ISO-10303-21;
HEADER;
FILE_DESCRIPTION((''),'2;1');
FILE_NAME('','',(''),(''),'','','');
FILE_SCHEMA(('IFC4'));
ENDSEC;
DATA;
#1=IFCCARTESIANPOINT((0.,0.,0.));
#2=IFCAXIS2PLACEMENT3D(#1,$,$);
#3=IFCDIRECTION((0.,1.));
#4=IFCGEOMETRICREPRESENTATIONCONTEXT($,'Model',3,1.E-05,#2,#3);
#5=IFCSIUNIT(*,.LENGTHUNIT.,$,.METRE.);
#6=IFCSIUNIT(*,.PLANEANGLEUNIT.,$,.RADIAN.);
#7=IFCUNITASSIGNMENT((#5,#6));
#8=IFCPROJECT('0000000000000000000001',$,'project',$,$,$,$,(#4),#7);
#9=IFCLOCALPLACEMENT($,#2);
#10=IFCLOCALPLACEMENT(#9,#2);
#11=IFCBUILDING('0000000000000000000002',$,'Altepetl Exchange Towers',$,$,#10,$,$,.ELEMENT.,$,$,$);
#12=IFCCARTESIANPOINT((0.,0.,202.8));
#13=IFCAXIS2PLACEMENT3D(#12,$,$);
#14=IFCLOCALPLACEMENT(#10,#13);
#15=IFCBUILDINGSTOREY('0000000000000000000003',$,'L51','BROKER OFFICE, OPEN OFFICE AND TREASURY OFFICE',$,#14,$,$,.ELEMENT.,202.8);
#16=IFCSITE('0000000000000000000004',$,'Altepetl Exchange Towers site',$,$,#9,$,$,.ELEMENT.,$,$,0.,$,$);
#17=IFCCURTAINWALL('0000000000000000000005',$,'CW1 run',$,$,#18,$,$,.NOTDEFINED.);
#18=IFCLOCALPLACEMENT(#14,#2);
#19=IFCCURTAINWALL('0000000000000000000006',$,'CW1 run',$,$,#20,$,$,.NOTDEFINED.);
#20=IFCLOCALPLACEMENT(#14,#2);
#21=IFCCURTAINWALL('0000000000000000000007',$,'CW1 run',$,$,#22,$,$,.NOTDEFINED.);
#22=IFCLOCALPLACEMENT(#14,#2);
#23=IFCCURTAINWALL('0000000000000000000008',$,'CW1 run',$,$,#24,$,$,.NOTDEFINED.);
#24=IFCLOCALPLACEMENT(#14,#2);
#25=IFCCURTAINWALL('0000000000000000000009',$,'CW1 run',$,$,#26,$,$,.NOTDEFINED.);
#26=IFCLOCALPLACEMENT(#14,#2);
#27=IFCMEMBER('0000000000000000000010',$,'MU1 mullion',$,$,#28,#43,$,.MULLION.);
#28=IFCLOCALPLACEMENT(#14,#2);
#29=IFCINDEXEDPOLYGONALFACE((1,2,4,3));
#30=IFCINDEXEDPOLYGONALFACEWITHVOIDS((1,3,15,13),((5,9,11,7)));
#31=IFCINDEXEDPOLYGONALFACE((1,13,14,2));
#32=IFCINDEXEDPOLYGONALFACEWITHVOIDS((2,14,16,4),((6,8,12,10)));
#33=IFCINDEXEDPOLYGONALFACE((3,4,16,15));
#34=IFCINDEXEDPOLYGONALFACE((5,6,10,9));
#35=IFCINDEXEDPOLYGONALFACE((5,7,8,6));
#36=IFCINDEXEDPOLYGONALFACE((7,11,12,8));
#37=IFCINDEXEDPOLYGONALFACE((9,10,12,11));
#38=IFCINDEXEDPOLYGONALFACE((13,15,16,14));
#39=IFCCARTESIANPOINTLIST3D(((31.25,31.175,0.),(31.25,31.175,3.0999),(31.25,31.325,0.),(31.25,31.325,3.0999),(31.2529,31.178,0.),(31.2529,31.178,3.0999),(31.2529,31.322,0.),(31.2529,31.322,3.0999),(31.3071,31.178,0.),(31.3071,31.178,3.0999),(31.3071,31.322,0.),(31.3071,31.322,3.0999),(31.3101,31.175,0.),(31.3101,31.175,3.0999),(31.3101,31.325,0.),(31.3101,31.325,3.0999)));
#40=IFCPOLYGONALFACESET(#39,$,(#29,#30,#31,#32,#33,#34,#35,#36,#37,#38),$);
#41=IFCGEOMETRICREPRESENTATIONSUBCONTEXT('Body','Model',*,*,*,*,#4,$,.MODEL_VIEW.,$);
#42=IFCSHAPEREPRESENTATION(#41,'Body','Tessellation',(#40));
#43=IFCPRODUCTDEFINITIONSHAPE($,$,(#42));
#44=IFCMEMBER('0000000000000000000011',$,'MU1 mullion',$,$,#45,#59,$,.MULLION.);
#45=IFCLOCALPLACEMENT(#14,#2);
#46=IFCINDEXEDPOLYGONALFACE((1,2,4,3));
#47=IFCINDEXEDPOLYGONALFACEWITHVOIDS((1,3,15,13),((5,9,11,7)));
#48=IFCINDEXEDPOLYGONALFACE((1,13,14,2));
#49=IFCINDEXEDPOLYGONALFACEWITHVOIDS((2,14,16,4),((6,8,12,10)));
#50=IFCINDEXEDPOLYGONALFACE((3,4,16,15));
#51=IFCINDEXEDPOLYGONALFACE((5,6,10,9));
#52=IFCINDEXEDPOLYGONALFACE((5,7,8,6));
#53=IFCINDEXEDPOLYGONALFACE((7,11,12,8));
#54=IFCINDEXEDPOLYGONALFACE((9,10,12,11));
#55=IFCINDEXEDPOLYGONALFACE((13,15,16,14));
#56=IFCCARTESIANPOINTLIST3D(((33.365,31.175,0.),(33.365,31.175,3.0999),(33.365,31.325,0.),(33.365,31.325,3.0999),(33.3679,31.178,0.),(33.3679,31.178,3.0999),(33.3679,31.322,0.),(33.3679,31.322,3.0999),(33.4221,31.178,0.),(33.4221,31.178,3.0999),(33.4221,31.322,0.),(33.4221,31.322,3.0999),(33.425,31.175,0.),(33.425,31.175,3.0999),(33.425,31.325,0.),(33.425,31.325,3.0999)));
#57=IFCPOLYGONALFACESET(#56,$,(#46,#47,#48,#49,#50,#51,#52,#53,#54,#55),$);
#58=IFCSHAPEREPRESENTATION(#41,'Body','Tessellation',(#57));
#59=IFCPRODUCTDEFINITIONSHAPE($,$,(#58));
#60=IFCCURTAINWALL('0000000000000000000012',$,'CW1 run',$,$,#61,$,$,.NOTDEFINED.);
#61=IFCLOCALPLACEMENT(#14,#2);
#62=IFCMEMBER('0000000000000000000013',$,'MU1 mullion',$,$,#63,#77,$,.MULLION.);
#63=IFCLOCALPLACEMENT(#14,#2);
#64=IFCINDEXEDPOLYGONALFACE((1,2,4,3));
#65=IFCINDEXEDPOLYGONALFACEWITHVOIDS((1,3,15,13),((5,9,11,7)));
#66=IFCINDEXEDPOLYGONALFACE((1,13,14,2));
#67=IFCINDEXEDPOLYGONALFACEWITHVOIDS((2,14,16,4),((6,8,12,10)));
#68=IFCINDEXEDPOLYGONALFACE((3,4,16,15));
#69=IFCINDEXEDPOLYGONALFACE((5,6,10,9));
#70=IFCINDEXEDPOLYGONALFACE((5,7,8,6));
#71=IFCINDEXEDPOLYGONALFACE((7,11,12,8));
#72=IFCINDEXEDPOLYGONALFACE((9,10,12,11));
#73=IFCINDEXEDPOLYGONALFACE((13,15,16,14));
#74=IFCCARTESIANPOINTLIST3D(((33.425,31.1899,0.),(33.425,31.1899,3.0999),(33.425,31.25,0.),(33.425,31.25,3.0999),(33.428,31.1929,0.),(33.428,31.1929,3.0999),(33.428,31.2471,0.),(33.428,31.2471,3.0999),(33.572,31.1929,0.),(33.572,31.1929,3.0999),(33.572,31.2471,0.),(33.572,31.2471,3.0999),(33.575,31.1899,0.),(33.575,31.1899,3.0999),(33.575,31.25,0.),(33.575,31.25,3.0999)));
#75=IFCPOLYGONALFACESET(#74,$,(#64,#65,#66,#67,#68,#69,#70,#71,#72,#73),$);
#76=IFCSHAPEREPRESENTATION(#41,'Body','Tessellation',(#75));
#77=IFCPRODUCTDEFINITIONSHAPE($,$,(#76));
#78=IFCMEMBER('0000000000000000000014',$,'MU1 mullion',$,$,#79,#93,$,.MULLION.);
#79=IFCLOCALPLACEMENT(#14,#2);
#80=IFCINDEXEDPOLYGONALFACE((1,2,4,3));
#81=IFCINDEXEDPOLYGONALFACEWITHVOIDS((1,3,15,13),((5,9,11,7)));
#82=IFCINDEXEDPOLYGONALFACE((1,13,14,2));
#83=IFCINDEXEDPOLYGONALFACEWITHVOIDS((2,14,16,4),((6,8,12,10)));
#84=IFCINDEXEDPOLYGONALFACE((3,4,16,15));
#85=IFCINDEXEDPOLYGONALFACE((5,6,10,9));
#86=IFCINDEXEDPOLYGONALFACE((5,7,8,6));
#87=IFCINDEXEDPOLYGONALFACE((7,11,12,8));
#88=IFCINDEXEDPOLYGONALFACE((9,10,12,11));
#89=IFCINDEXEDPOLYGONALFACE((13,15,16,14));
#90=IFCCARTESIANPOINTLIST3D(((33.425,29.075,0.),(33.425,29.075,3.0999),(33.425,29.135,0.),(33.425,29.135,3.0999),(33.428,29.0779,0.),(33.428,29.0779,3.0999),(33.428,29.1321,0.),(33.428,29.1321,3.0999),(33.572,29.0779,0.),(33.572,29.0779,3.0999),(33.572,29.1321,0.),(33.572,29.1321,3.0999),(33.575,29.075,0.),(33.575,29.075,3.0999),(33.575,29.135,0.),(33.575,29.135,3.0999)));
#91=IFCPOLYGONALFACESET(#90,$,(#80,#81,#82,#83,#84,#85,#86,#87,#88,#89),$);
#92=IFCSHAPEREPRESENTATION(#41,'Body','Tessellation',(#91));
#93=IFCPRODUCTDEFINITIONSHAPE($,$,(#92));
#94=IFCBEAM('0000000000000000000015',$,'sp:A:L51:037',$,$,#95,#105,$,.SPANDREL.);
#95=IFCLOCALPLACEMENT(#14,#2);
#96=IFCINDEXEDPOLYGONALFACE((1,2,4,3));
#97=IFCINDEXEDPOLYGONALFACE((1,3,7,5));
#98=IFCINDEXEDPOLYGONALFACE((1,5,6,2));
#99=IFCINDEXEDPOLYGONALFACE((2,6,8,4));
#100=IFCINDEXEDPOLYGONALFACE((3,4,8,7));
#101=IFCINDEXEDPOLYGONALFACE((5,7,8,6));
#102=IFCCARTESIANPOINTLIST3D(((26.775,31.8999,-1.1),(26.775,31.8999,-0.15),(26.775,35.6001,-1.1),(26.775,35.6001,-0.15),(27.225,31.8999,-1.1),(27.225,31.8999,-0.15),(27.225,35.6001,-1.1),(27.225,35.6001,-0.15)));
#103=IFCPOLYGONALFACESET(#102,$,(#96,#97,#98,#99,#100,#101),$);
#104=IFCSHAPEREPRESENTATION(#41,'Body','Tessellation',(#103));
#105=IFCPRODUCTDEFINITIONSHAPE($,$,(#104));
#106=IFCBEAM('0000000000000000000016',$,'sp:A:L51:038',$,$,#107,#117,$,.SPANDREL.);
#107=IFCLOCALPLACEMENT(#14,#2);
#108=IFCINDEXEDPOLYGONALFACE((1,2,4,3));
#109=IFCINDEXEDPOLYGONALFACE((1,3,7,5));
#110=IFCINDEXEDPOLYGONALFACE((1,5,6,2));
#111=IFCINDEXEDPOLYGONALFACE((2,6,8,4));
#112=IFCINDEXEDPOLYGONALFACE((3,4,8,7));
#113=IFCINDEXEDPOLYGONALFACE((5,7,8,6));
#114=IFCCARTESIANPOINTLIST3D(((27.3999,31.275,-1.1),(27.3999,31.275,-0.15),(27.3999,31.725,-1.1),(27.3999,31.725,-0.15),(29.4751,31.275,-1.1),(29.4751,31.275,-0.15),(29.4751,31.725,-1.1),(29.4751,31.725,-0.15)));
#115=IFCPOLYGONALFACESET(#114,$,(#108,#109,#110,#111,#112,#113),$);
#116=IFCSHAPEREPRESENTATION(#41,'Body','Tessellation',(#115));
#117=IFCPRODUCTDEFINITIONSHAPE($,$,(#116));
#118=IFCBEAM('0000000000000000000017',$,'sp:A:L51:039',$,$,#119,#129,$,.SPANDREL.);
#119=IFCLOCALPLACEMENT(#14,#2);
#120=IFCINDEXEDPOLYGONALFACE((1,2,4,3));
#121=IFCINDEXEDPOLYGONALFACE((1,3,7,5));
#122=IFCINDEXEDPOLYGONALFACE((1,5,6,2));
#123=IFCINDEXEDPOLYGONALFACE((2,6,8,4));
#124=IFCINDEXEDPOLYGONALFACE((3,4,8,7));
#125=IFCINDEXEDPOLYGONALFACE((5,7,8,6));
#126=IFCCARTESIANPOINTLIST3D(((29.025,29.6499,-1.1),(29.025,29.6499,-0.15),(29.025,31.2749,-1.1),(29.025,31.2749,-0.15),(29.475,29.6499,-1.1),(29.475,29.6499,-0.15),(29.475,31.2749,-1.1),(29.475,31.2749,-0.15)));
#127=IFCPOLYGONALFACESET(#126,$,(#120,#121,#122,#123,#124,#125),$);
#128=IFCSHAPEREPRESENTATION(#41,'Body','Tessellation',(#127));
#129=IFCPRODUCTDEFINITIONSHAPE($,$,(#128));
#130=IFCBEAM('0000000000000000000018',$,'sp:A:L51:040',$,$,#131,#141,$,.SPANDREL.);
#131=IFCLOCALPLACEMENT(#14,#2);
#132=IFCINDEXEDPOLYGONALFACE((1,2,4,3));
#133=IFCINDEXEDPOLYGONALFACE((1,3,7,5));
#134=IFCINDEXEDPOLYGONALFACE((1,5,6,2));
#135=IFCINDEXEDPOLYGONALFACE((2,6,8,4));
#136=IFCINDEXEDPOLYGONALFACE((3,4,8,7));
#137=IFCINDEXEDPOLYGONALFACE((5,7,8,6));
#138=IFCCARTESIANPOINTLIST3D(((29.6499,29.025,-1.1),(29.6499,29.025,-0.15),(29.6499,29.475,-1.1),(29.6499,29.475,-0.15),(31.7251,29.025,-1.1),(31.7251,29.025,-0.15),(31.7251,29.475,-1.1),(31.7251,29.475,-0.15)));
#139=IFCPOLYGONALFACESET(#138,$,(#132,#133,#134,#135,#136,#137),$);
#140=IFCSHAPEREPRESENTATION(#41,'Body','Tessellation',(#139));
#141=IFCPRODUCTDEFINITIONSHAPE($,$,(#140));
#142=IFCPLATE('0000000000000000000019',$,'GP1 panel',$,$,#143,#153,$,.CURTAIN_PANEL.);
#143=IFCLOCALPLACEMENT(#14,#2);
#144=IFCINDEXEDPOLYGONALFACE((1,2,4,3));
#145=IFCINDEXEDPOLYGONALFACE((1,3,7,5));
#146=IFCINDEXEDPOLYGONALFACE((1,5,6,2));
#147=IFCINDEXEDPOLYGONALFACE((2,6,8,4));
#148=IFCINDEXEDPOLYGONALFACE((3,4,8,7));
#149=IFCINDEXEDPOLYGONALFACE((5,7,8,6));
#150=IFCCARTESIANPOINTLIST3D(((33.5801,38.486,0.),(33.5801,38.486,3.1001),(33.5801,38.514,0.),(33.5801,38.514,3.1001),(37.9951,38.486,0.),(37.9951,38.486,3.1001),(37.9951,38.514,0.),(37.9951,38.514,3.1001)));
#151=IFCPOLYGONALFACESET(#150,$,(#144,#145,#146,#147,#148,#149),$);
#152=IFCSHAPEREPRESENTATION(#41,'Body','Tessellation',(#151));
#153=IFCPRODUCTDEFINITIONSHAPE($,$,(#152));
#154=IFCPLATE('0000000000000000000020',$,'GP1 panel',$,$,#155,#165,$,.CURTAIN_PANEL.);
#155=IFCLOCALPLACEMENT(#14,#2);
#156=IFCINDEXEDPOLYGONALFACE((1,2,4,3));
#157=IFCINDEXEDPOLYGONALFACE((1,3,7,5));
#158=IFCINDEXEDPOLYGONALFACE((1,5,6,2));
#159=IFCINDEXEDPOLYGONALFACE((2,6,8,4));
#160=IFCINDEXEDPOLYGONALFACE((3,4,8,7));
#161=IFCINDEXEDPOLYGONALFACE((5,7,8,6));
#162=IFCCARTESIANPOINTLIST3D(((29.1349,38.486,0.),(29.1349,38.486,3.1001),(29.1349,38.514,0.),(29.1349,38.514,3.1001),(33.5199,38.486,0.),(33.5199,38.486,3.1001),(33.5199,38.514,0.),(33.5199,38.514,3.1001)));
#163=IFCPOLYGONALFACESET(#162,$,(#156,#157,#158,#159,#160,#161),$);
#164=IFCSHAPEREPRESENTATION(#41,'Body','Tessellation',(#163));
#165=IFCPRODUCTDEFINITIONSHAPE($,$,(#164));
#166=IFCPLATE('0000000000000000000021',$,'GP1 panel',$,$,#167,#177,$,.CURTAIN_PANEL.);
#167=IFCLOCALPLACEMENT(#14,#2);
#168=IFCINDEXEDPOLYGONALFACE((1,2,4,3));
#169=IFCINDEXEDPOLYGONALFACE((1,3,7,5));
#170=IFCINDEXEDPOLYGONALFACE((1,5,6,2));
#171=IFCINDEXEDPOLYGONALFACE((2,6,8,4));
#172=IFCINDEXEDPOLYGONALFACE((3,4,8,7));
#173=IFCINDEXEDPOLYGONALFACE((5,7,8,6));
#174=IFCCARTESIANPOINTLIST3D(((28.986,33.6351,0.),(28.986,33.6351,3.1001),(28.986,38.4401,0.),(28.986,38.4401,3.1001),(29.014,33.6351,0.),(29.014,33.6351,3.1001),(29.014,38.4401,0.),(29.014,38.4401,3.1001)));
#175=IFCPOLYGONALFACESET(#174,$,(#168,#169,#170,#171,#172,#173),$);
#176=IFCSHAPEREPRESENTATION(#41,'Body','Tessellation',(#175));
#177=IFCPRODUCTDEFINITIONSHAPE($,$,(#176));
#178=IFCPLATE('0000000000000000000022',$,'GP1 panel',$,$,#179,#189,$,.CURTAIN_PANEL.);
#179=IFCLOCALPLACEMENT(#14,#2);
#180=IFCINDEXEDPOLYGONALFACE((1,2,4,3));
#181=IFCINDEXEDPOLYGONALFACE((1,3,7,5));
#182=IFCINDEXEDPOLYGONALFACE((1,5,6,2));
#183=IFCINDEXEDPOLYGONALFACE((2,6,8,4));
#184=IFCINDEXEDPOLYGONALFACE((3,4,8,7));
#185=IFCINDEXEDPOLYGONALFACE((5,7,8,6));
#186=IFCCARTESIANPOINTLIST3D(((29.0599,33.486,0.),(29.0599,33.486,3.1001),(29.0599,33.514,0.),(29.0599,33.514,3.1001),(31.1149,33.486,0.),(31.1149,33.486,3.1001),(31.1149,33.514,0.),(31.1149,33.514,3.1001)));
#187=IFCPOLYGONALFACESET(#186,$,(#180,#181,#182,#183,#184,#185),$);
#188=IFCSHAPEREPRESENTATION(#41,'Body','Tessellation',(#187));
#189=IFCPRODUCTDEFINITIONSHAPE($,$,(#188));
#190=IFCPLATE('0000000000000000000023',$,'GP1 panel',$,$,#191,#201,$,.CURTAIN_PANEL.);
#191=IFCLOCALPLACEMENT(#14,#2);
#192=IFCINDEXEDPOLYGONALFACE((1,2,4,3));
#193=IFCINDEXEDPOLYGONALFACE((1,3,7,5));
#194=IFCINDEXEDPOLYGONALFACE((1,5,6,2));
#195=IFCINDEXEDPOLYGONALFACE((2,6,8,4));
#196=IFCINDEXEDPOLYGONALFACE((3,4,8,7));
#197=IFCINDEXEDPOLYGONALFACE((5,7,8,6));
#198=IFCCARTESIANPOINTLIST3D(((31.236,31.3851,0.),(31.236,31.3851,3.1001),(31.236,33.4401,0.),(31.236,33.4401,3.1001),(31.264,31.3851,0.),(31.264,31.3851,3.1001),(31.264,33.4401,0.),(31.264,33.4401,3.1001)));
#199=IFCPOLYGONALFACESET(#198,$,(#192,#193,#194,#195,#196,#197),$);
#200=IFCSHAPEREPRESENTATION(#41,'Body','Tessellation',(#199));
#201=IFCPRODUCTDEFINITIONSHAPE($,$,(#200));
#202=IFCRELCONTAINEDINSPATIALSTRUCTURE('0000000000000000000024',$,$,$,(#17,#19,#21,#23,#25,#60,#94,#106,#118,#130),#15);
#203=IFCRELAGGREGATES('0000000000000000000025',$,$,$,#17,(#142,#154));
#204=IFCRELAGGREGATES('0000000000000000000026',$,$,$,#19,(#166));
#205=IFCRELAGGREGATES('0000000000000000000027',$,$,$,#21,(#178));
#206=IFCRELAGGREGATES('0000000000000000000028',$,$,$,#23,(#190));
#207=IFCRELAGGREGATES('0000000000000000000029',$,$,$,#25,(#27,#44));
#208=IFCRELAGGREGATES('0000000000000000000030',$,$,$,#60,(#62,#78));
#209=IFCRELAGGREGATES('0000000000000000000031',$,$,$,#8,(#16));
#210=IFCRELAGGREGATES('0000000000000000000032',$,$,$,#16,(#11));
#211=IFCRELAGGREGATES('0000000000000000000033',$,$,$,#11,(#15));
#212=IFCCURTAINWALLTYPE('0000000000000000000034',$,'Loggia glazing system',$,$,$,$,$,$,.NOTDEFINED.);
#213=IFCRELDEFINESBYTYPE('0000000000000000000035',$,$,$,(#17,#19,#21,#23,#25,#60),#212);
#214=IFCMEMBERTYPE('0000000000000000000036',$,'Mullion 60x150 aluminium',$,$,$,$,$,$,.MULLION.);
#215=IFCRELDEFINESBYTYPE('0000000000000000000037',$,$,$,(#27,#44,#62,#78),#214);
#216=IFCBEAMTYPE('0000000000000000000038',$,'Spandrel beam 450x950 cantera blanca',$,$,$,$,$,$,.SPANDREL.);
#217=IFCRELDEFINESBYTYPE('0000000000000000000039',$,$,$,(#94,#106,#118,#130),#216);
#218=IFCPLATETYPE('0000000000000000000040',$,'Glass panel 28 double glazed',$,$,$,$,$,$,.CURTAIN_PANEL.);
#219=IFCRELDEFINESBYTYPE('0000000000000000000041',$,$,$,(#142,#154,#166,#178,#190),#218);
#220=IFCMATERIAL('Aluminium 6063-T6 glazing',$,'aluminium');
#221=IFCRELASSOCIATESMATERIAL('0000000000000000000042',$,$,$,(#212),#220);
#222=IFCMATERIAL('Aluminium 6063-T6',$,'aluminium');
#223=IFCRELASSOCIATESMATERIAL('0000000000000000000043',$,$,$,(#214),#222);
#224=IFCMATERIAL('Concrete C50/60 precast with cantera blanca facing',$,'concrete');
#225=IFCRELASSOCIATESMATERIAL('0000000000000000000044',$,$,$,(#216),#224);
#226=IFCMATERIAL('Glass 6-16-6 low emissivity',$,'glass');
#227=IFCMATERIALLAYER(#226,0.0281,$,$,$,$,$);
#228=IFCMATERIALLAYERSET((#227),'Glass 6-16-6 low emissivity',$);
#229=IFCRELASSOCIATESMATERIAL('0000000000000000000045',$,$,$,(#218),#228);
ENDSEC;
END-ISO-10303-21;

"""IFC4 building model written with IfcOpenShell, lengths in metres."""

from ifc_helpers import new_model, si_unit, direction, frame, origin, origin_2d, place, context, subcontext, project, spatial, rectangle, hollow_rectangle, extrude, material, layer, layer_set, material_profile, profile_set, type_object, element, aggregate, save


model = new_model("IFC4")

# Units and contexts
model_context = context("Model", 3, precision=1e-05, world=origin(), true_north=direction((0.0, 1.0)))
body_context = subcontext(model_context, "Body", "Model", "MODEL_VIEW")
ifc_project = project(units=[si_unit("LENGTHUNIT", "METRE"), si_unit("PLANEANGLEUNIT", "RADIAN")], contexts=[model_context])

# Site, building, storey
site_placement = place(None, origin())
site = spatial("IfcSite", under=ifc_project, at=site_placement, Name="Altepetl Exchange Towers site", CompositionType="ELEMENT", RefElevation=0.0)
building_placement = place(site_placement, origin())
building = spatial("IfcBuilding", under=site, at=building_placement, Name="Altepetl Exchange Towers", CompositionType="ELEMENT")
storey_placement = place(building_placement, frame((0.0, 0.0, 202.8)))
storey = spatial("IfcBuildingStorey", under=building, at=storey_placement, Name="L51", Description="BROKER OFFICE, OPEN OFFICE AND TREASURY OFFICE", CompositionType="ELEMENT", Elevation=202.8)

# Curtain walls, members
ifc_material_1 = material(Name="Aluminium 6063-T6 glazing", Category="aluminium")
curtain_wall_type = type_object("IfcCurtainWallType", Name="Loggia glazing system", PredefinedType="NOTDEFINED", material=ifc_material_1)
curtain_wall_1_placement = place(storey_placement, origin())
curtain_wall_1 = element("IfcCurtainWall", 1, at=curtain_wall_1_placement, inside=storey, type_object=curtain_wall_type, Name="CW1 run", PredefinedType="NOTDEFINED")
ifc_material_2 = material(Name="Aluminium 6063-T6", Category="aluminium")
ifc_material_profile_1 = material_profile(ifc_material_2, hollow_rectangle(XDim=0.0601, YDim=0.1499, WallThickness=0.0029, at=origin_2d()), Name="Mullion 60x150 aluminium")
ifc_profile_set_1 = profile_set([ifc_material_profile_1], Name="Aluminium 6063-T6")
member_type = type_object("IfcMemberType", Name="Mullion 60x150 aluminium", PredefinedType="MULLION", material=ifc_profile_set_1)
curtain_wall_2_placement = place(storey_placement, origin())
curtain_wall_2 = element("IfcCurtainWall", 2, at=curtain_wall_2_placement, inside=storey, type_object=curtain_wall_type, Name="CW1 run", PredefinedType="NOTDEFINED")
curtain_wall_3_placement = place(storey_placement, origin())
curtain_wall_3 = element("IfcCurtainWall", 3, at=curtain_wall_3_placement, inside=storey, type_object=curtain_wall_type, Name="CW1 run", PredefinedType="NOTDEFINED")
curtain_wall_4_placement = place(storey_placement, origin())
curtain_wall_4 = element("IfcCurtainWall", 4, at=curtain_wall_4_placement, inside=storey, type_object=curtain_wall_type, Name="CW1 run", PredefinedType="NOTDEFINED")
curtain_wall_5_placement = place(storey_placement, origin())
curtain_wall_5 = element("IfcCurtainWall", 5, at=curtain_wall_5_placement, inside=storey, type_object=curtain_wall_type, Name="CW1 run", PredefinedType="NOTDEFINED")
member_1_placement = place(storey_placement, frame((31.28, 31.25, 0.0)))
member_1 = element("IfcMember", 6, at=member_1_placement, type_object=member_type, Name="MU1 mullion", PredefinedType="MULLION", context=body_context, shape_type="SweptSolid", body=[
    extrude(hollow_rectangle(XDim=0.0601, YDim=0.1499, WallThickness=0.0029, at=origin_2d()), origin(), (0.0, 0.0, 1.0), 3.0999),
])
member_2_placement = place(storey_placement, frame((33.395, 31.25, 0.0)))
member_2 = element("IfcMember", 7, at=member_2_placement, type_object=member_type, Name="MU1 mullion", PredefinedType="MULLION", context=body_context, shape_type="SweptSolid", body=[
    extrude(hollow_rectangle(XDim=0.0601, YDim=0.1499, WallThickness=0.0029, at=origin_2d()), origin(), (0.0, 0.0, 1.0), 3.0999),
])
curtain_wall_6_placement = place(storey_placement, origin())
curtain_wall_6 = element("IfcCurtainWall", 8, at=curtain_wall_6_placement, inside=storey, type_object=curtain_wall_type, Name="CW1 run", PredefinedType="NOTDEFINED")
member_3_placement = place(storey_placement, frame((33.5, 31.22, 0.0), z_axis=(0.0, 0.0, 1.0), x_axis=(0.0, -1.0, 0.0)))
member_3 = element("IfcMember", 9, at=member_3_placement, type_object=member_type, Name="MU1 mullion", PredefinedType="MULLION", context=body_context, shape_type="SweptSolid", body=[
    extrude(hollow_rectangle(XDim=0.0601, YDim=0.1499, WallThickness=0.0029, at=origin_2d()), origin(), (0.0, 0.0, 1.0), 3.0999),
])
member_4_placement = place(storey_placement, frame((33.5, 29.105, 0.0), z_axis=(0.0, 0.0, 1.0), x_axis=(0.0, -1.0, 0.0)))
member_4 = element("IfcMember", 10, at=member_4_placement, type_object=member_type, Name="MU1 mullion", PredefinedType="MULLION", context=body_context, shape_type="SweptSolid", body=[
    extrude(hollow_rectangle(XDim=0.0601, YDim=0.1499, WallThickness=0.0029, at=origin_2d()), origin(), (0.0, 0.0, 1.0), 3.0999),
])

# Beams
ifc_material_3 = material(Name="Concrete C50/60 precast with cantera blanca facing", Category="concrete")
ifc_material_profile_2 = material_profile(ifc_material_3, rectangle(XDim=0.45, YDim=0.95, at=origin_2d()), Name="450 x 950")
ifc_profile_set_2 = profile_set([ifc_material_profile_2], Name="Concrete C50/60 precast with cantera blanca facing")
beam_type_1 = type_object("IfcBeamType", Name="Spandrel beam 450x950 cantera blanca", PredefinedType="SPANDREL", material=ifc_profile_set_2)
beam_1_placement = place(storey_placement, frame((27.0, 35.6001, -0.625), z_axis=(0.0, -1.0, 0.0), x_axis=(1.0, 0.0, 0.0)))
element("IfcBeam", 11, at=beam_1_placement, inside=storey, type_object=beam_type_1, Name="sp:A:L51:037", PredefinedType="SPANDREL", context=body_context, shape_type="SweptSolid", body=[
    extrude(rectangle(XDim=0.45, YDim=0.95, at=origin_2d()), origin(), (0.0, 0.0, 1.0), 3.7002),
])
beam_2_placement = place(storey_placement, frame((27.3999, 31.5, -0.625), z_axis=(1.0, 0.0, 0.0), x_axis=(0.0, 1.0, 0.0)))
element("IfcBeam", 12, at=beam_2_placement, inside=storey, type_object=beam_type_1, Name="sp:A:L51:038", PredefinedType="SPANDREL", context=body_context, shape_type="SweptSolid", body=[
    extrude(rectangle(XDim=0.45, YDim=0.95, at=origin_2d()), origin(), (0.0, 0.0, 1.0), 2.0752),
])
beam_3_placement = place(storey_placement, frame((29.25, 31.2749, -0.625), z_axis=(0.0, -1.0, 0.0), x_axis=(1.0, 0.0, 0.0)))
element("IfcBeam", 13, at=beam_3_placement, inside=storey, type_object=beam_type_1, Name="sp:A:L51:039", PredefinedType="SPANDREL", context=body_context, shape_type="SweptSolid", body=[
    extrude(rectangle(XDim=0.45, YDim=0.95, at=origin_2d()), origin(), (0.0, 0.0, 1.0), 1.625),
])
beam_4_placement = place(storey_placement, frame((29.6499, 29.25, -0.625), z_axis=(1.0, 0.0, 0.0), x_axis=(0.0, 1.0, 0.0)))
element("IfcBeam", 14, at=beam_4_placement, inside=storey, type_object=beam_type_1, Name="sp:A:L51:040", PredefinedType="SPANDREL", context=body_context, shape_type="SweptSolid", body=[
    extrude(rectangle(XDim=0.45, YDim=0.95, at=origin_2d()), origin(), (0.0, 0.0, 1.0), 2.0752),
])

# Plates
ifc_material_4 = material(Name="Glass 6-16-6 low emissivity", Category="glass")
ifc_layer = layer(ifc_material_4, 0.0281)
ifc_layer_set = layer_set([ifc_layer], Name="Glass 6-16-6 low emissivity")
plate_type = type_object("IfcPlateType", Name="Glass panel 28 double glazed", PredefinedType="CURTAIN_PANEL", material=ifc_layer_set)
plate_1_placement = place(storey_placement, frame((35.7876, 38.5, 0.0), z_axis=(0.0, 0.0, 1.0), x_axis=(-1.0, 0.0, 0.0)))
plate_1 = element("IfcPlate", 15, at=plate_1_placement, type_object=plate_type, Name="GP1 panel", PredefinedType="CURTAIN_PANEL", context=body_context, shape_type="SweptSolid", body=[
    extrude(rectangle(XDim=4.415, YDim=0.0281, at=origin_2d()), origin(), (0.0, 0.0, 1.0), 3.1001),
])
plate_2_placement = place(storey_placement, frame((31.3274, 38.5, 0.0), z_axis=(0.0, 0.0, 1.0), x_axis=(-1.0, 0.0, 0.0)))
plate_2 = element("IfcPlate", 16, at=plate_2_placement, type_object=plate_type, Name="GP1 panel", PredefinedType="CURTAIN_PANEL", context=body_context, shape_type="SweptSolid", body=[
    extrude(rectangle(XDim=4.385, YDim=0.0281, at=origin_2d()), origin(), (0.0, 0.0, 1.0), 3.1001),
])
aggregate(curtain_wall_1, [plate_1, plate_2])
plate_3_placement = place(storey_placement, frame((29.0, 36.0376, 0.0), z_axis=(0.0, 0.0, 1.0), x_axis=(0.0, -1.0, 0.0)))
plate_3 = element("IfcPlate", 17, at=plate_3_placement, type_object=plate_type, Name="GP1 panel", PredefinedType="CURTAIN_PANEL", context=body_context, shape_type="SweptSolid", body=[
    extrude(rectangle(XDim=4.8049, YDim=0.0281, at=origin_2d()), origin(), (0.0, 0.0, 1.0), 3.1001),
])
aggregate(curtain_wall_2, [plate_3])
plate_4_placement = place(storey_placement, frame((30.0874, 33.5, 0.0)))
plate_4 = element("IfcPlate", 18, at=plate_4_placement, type_object=plate_type, Name="GP1 panel", PredefinedType="CURTAIN_PANEL", context=body_context, shape_type="SweptSolid", body=[
    extrude(rectangle(XDim=2.0549, YDim=0.0281, at=origin_2d()), origin(), (0.0, 0.0, 1.0), 3.1001),
])
aggregate(curtain_wall_3, [plate_4])
plate_5_placement = place(storey_placement, frame((31.25, 32.4126, 0.0), z_axis=(0.0, 0.0, 1.0), x_axis=(0.0, -1.0, 0.0)))
plate_5 = element("IfcPlate", 19, at=plate_5_placement, type_object=plate_type, Name="GP1 panel", PredefinedType="CURTAIN_PANEL", context=body_context, shape_type="SweptSolid", body=[
    extrude(rectangle(XDim=2.0549, YDim=0.0281, at=origin_2d()), origin(), (0.0, 0.0, 1.0), 3.1001),
])
aggregate(curtain_wall_4, [plate_5])
aggregate(curtain_wall_5, [member_1, member_2])
aggregate(curtain_wall_6, [member_3, member_4])

save(model, "model.ifc")
